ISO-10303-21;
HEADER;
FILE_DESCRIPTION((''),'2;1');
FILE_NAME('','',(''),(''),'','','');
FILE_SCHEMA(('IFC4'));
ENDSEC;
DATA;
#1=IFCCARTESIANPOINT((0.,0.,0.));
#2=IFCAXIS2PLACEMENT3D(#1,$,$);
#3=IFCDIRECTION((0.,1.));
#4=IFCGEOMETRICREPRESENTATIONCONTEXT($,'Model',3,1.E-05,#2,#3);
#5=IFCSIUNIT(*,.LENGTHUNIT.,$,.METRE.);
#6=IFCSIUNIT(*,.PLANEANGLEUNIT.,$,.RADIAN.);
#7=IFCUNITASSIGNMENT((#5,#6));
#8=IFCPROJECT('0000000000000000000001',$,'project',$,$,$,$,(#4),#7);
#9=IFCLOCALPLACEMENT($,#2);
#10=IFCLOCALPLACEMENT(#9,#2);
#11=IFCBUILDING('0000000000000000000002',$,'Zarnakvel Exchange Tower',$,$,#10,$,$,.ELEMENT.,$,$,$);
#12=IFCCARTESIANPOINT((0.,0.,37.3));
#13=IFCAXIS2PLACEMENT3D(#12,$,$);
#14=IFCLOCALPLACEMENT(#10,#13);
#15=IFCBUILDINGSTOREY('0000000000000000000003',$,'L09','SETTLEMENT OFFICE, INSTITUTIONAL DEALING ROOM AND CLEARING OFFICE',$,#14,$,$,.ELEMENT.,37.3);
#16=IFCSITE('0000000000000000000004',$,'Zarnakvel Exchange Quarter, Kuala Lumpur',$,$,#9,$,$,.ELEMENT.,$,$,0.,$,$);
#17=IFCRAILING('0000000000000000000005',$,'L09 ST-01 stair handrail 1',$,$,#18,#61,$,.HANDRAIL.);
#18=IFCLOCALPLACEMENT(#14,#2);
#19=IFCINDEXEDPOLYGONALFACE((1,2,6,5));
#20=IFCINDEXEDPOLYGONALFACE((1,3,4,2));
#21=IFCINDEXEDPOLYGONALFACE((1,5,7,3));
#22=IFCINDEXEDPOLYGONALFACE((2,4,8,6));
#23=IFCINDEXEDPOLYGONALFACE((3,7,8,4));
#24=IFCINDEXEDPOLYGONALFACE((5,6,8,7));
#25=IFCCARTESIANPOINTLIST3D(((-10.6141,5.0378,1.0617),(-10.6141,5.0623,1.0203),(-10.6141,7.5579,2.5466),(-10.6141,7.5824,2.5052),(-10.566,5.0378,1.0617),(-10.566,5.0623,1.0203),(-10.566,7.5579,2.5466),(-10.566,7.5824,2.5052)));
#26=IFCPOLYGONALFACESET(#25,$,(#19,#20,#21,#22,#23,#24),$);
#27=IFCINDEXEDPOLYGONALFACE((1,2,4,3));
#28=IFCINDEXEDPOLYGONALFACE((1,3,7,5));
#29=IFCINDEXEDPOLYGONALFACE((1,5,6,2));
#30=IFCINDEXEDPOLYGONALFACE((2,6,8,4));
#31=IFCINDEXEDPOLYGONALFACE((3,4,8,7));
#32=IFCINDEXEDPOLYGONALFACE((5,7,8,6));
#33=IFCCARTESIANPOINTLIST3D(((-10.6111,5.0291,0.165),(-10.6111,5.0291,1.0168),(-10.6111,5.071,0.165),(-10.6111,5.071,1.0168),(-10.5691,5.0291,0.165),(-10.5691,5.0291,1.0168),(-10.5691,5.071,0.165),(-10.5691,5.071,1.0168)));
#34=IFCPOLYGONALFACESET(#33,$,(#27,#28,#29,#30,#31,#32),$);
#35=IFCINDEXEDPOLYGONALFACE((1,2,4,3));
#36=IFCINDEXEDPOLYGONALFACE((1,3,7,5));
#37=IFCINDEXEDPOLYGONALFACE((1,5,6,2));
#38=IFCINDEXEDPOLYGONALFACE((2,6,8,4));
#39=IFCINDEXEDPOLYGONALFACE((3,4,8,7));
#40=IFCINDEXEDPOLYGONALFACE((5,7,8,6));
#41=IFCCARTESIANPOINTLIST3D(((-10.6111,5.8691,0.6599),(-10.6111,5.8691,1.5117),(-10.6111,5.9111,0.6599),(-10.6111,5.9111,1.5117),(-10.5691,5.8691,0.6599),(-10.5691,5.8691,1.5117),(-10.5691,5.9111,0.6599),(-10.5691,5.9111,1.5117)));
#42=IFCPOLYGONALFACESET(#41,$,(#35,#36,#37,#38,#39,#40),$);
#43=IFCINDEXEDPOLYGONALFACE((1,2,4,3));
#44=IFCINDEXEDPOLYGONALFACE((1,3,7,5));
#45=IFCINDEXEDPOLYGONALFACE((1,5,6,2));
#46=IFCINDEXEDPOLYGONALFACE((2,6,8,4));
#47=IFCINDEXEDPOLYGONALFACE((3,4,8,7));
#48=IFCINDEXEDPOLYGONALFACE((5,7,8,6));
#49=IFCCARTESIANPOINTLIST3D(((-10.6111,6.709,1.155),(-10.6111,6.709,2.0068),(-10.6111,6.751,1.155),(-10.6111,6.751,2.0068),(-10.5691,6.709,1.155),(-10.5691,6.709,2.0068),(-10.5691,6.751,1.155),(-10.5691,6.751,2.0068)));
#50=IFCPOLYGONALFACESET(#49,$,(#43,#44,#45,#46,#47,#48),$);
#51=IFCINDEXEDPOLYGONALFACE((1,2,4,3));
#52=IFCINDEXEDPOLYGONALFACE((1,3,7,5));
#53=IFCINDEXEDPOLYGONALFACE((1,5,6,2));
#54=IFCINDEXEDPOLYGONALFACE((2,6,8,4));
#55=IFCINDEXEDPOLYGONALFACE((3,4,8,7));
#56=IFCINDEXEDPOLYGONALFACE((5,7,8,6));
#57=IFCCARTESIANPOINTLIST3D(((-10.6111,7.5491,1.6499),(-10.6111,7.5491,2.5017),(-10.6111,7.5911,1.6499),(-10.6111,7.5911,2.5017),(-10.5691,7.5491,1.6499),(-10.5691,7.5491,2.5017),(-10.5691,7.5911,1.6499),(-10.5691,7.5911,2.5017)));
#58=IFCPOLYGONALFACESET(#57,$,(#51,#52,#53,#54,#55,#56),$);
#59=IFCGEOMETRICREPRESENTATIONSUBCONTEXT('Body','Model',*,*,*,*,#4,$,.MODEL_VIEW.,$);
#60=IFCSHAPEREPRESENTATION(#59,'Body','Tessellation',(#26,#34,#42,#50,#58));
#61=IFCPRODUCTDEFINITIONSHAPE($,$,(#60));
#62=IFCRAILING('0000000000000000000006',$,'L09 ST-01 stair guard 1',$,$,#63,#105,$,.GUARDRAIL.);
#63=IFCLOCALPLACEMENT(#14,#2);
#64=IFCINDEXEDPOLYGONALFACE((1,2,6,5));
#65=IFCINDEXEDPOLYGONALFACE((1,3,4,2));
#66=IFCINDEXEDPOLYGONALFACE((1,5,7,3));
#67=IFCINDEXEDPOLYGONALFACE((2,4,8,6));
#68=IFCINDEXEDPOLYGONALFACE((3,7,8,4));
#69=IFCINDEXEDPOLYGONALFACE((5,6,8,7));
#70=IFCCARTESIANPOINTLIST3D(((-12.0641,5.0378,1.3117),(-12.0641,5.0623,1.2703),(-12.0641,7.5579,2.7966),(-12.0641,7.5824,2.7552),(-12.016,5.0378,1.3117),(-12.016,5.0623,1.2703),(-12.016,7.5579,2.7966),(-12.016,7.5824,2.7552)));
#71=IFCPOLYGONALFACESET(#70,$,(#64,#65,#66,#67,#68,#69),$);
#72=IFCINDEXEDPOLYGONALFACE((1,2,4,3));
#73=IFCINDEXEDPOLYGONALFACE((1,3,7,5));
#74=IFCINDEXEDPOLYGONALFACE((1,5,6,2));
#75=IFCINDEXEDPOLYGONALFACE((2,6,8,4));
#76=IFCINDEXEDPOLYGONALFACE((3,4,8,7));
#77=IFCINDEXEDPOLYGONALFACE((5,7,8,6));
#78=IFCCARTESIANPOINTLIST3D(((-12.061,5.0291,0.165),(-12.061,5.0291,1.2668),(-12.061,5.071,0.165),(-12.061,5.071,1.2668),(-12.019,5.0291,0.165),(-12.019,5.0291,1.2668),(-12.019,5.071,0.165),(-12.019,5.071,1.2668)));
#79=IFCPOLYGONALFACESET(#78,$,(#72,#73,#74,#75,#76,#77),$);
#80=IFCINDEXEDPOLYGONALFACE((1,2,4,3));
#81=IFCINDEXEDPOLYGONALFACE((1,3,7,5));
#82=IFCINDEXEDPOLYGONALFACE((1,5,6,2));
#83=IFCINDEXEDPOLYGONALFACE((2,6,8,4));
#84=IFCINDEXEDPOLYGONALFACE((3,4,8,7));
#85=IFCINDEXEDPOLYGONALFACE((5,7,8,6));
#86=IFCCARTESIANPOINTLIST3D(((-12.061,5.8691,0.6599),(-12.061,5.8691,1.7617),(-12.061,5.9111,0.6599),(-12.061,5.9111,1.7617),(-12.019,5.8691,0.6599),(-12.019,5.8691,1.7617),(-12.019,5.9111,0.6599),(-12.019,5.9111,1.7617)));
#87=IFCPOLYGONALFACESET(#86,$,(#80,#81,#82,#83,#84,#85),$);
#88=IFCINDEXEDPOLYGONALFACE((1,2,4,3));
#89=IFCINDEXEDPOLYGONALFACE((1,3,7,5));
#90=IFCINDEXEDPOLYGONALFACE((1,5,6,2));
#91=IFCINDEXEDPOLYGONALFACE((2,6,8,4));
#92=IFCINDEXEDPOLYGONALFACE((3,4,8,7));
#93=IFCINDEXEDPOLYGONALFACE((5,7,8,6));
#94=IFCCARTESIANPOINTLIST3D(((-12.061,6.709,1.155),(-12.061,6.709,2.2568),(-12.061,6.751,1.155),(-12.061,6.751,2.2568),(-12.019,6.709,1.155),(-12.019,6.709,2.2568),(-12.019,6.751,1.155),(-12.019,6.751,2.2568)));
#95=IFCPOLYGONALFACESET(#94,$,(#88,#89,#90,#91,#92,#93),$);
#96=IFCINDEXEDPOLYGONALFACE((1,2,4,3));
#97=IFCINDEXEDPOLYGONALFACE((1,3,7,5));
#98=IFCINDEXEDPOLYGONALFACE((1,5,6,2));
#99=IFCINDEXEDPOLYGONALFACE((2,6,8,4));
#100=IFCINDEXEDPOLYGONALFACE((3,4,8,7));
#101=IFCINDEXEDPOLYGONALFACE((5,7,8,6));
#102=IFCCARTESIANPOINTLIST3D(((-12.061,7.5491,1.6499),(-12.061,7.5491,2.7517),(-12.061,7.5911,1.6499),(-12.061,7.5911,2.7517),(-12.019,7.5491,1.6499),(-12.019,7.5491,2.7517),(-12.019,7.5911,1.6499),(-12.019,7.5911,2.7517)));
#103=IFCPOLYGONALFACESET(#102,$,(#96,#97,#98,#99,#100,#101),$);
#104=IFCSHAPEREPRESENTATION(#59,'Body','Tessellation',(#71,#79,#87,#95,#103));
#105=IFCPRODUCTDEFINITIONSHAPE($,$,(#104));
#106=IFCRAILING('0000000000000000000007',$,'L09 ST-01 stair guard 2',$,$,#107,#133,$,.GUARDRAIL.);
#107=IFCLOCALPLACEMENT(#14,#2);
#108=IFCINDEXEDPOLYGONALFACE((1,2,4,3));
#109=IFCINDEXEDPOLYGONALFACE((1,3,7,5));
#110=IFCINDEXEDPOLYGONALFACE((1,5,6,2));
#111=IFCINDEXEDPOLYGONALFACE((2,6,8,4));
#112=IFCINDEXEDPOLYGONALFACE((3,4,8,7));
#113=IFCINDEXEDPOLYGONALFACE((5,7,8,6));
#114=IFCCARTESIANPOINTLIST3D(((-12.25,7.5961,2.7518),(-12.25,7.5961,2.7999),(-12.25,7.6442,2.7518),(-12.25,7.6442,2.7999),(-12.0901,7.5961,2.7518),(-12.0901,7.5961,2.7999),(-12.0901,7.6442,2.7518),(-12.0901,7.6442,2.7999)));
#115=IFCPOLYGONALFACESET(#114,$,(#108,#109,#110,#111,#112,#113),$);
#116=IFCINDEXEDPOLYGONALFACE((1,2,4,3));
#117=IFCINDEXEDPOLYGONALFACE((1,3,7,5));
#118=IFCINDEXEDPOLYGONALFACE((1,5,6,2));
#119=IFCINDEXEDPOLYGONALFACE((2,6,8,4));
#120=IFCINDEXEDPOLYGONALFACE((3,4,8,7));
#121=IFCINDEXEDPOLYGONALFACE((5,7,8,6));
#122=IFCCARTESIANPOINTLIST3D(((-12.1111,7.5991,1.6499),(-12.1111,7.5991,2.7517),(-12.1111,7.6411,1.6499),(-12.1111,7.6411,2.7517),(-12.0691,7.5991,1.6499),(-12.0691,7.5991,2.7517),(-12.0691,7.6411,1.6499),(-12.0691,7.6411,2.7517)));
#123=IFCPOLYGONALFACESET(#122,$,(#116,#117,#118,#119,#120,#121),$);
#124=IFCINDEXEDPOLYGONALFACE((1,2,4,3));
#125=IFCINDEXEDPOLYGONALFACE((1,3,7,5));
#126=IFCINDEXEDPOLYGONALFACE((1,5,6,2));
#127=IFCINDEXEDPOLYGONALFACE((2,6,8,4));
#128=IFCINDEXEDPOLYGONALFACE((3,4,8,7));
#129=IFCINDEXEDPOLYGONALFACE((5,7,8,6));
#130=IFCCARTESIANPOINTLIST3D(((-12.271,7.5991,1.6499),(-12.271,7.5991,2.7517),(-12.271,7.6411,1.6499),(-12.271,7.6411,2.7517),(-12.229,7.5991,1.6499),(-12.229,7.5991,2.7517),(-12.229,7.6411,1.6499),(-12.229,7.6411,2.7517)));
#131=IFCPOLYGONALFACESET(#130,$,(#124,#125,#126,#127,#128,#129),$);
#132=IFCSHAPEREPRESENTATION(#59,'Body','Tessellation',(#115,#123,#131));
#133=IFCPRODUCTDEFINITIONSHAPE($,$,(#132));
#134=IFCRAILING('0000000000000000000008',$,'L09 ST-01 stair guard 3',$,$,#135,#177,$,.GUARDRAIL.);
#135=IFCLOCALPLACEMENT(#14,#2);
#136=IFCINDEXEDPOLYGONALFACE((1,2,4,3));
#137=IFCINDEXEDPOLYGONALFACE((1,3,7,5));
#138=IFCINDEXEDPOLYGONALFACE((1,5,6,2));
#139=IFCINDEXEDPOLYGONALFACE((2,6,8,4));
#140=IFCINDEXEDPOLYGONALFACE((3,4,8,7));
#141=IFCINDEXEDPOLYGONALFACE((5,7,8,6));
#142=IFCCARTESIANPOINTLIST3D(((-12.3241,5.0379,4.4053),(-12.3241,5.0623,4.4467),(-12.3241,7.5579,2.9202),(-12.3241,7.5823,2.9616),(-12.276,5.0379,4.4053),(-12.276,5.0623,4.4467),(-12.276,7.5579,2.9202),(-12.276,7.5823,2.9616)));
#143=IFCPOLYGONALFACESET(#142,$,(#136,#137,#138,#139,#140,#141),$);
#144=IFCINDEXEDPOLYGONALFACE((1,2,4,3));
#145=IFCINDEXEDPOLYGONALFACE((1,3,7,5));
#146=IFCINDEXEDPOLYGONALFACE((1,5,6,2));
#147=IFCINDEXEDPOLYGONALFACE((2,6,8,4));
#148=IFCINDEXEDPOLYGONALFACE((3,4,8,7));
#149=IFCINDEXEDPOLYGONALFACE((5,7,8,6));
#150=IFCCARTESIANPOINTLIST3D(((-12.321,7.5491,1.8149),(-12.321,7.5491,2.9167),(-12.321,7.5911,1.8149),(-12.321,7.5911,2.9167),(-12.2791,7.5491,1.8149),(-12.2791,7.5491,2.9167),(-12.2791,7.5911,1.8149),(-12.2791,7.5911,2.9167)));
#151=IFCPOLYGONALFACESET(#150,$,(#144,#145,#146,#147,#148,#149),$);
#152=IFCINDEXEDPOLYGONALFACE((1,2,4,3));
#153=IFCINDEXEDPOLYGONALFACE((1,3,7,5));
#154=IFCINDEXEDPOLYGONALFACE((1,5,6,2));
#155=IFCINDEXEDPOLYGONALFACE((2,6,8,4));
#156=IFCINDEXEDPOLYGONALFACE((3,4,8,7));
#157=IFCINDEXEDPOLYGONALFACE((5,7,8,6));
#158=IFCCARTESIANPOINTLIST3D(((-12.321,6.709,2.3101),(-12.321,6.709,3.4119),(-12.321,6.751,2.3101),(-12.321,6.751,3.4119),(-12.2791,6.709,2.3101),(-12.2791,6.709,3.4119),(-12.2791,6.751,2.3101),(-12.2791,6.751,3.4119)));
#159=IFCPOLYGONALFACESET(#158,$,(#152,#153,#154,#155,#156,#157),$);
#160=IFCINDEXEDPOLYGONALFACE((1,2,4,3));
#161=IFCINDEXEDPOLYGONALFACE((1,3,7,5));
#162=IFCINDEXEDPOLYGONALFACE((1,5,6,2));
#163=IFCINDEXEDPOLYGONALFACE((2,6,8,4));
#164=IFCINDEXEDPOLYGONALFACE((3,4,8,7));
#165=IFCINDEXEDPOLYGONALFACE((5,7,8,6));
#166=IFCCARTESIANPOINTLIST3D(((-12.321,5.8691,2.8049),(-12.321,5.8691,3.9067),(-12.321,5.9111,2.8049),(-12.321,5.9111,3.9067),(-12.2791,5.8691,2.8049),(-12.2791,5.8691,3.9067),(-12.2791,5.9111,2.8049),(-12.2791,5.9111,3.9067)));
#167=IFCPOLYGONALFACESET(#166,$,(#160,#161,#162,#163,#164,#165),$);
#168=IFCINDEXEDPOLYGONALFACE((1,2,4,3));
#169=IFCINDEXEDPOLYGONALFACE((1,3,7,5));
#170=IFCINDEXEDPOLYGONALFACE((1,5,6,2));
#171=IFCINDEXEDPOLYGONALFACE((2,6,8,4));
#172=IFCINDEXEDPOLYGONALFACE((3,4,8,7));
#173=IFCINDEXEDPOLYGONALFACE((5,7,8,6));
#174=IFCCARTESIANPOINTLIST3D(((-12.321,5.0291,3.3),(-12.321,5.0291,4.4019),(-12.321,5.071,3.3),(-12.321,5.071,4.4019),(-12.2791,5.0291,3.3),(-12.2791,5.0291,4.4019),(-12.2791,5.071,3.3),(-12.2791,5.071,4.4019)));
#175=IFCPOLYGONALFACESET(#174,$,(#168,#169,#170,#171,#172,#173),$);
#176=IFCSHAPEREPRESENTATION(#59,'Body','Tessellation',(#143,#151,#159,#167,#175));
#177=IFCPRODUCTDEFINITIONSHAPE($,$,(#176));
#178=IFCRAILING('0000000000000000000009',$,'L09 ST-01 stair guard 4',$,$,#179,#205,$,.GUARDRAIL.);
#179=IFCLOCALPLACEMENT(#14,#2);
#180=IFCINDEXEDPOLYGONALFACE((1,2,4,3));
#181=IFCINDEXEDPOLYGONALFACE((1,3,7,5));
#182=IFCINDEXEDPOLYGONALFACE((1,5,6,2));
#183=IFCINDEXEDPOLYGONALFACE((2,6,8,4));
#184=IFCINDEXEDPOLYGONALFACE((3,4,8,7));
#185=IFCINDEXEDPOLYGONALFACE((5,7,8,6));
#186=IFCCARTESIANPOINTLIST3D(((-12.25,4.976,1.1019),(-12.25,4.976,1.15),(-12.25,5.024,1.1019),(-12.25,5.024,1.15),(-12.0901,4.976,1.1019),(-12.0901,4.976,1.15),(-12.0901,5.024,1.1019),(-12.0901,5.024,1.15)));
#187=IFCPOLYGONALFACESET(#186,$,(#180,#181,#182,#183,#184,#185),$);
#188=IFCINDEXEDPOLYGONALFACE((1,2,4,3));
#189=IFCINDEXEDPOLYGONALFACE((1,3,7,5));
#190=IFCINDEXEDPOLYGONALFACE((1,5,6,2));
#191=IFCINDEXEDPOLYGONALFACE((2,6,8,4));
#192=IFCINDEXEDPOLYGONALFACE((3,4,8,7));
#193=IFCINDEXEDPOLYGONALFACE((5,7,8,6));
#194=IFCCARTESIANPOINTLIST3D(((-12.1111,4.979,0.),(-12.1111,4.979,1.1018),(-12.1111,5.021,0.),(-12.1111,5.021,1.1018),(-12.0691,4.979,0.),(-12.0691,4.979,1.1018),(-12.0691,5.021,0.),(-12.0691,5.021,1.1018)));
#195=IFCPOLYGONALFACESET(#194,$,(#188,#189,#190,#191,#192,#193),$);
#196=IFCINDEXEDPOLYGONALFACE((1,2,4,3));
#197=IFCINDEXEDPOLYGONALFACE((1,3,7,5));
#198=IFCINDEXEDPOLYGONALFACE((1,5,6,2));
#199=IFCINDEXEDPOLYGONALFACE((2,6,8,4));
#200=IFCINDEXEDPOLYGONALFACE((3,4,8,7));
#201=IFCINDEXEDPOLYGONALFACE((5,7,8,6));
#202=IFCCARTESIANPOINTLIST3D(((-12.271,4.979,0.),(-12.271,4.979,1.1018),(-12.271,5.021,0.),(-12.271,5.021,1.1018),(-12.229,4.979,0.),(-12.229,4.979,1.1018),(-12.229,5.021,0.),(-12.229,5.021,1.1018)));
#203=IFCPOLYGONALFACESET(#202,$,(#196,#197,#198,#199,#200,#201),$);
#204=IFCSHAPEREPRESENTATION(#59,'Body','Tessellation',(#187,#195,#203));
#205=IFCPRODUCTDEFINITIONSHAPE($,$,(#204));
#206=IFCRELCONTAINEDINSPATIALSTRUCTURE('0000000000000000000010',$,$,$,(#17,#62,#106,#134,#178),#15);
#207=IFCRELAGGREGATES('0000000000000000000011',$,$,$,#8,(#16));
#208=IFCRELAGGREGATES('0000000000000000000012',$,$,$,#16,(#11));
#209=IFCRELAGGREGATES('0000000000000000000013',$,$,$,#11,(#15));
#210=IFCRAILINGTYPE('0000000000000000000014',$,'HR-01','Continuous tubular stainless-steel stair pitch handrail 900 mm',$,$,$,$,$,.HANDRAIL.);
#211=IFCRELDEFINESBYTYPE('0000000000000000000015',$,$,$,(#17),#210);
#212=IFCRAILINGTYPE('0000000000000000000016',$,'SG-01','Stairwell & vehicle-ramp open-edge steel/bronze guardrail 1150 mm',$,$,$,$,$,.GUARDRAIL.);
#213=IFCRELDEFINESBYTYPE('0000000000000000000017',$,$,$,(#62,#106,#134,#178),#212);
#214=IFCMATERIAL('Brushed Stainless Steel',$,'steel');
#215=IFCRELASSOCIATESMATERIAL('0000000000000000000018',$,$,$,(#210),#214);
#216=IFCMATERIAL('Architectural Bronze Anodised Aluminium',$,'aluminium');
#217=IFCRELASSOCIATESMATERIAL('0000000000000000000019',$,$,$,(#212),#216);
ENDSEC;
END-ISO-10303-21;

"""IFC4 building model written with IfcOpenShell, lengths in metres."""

from ifc_helpers import new_model, si_unit, direction, frame, origin, origin_2d, place, context, subcontext, project, spatial, rectangle, extrude, material, type_object, element, save


model = new_model("IFC4")

# Units and contexts
model_context = context("Model", 3, precision=1e-05, world=origin(), true_north=direction((0.0, 1.0)))
body_context = subcontext(model_context, "Body", "Model", "MODEL_VIEW")
ifc_project = project(units=[si_unit("LENGTHUNIT", "METRE"), si_unit("PLANEANGLEUNIT", "RADIAN")], contexts=[model_context])

# Site, building, storey
site_placement = place(None, origin())
site = spatial("IfcSite", under=ifc_project, at=site_placement, Name="Zarnakvel Exchange Quarter, Kuala Lumpur", CompositionType="ELEMENT", RefElevation=0.0)
building_placement = place(site_placement, origin())
building = spatial("IfcBuilding", under=site, at=building_placement, Name="Zarnakvel Exchange Tower", CompositionType="ELEMENT")
storey_placement = place(building_placement, frame((0.0, 0.0, 37.3)))
storey = spatial("IfcBuildingStorey", under=building, at=storey_placement, Name="L09", Description="SETTLEMENT OFFICE, INSTITUTIONAL DEALING ROOM AND CLEARING OFFICE", CompositionType="ELEMENT", Elevation=37.3)

# Shared definitions
ifc_material_1 = material(Name="Brushed Stainless Steel", Category="steel")

# Railings
railing_type_1 = type_object("IfcRailingType", Name="HR-01", Description="Continuous tubular stainless-steel stair pitch handrail 900 mm", PredefinedType="HANDRAIL", material=ifc_material_1)
railing_1_placement = place(storey_placement, frame((-10.5901, 5.05, 0.165)))
element("IfcRailing", 1, at=railing_1_placement, inside=storey, type_object=railing_type_1, Name="L09 ST-01 stair handrail 1", PredefinedType="HANDRAIL", context=body_context, shape_type="SweptSolid", body=[
    extrude(rectangle(XDim=0.0481, YDim=0.0481, at=origin_2d()), frame((0.0, 0.0, 0.876), z_axis=(0.0, 0.861561, 0.507655), x_axis=(-1.0, 0.0, 0.0)), (0.0, 0.0, 1.0), 2.925),
    extrude(rectangle(XDim=0.042, YDim=0.042, at=origin_2d()), origin(), (0.0, 0.0, 1.0), 0.8518),
    extrude(rectangle(XDim=0.042, YDim=0.042, at=origin_2d()), frame((0.0, 0.8401, 0.4949)), (0.0, 0.0, 1.0), 0.8518),
    extrude(rectangle(XDim=0.042, YDim=0.042, at=origin_2d()), frame((0.0, 1.6799, 0.99)), (0.0, 0.0, 1.0), 0.8518),
    extrude(rectangle(XDim=0.042, YDim=0.042, at=origin_2d()), frame((0.0, 2.52, 1.4849)), (0.0, 0.0, 1.0), 0.8518),
])
ifc_material_2 = material(Name="Architectural Bronze Anodised Aluminium", Category="aluminium")
railing_type_2 = type_object("IfcRailingType", Name="SG-01", Description="Stairwell & vehicle-ramp open-edge steel/bronze guardrail 1150 mm", PredefinedType="GUARDRAIL", material=ifc_material_2)
railing_2_placement = place(storey_placement, frame((-12.04, 5.05, 0.165)))
element("IfcRailing", 2, at=railing_2_placement, inside=storey, type_object=railing_type_2, Name="L09 ST-01 stair guard 1", PredefinedType="GUARDRAIL", context=body_context, shape_type="SweptSolid", body=[
    extrude(rectangle(XDim=0.0481, YDim=0.0481, at=origin_2d()), frame((0.0, 0.0, 1.126), z_axis=(0.0, 0.861561, 0.507655), x_axis=(-1.0, 0.0, 0.0)), (0.0, 0.0, 1.0), 2.925),
    extrude(rectangle(XDim=0.042, YDim=0.042, at=origin_2d()), origin(), (0.0, 0.0, 1.0), 1.1018),
    extrude(rectangle(XDim=0.042, YDim=0.042, at=origin_2d()), frame((0.0, 0.8401, 0.4949)), (0.0, 0.0, 1.0), 1.1018),
    extrude(rectangle(XDim=0.042, YDim=0.042, at=origin_2d()), frame((0.0, 1.6799, 0.99)), (0.0, 0.0, 1.0), 1.1018),
    extrude(rectangle(XDim=0.042, YDim=0.042, at=origin_2d()), frame((0.0, 2.52, 1.4849)), (0.0, 0.0, 1.0), 1.1018),
])
railing_3_placement = place(storey_placement, frame((-12.0901, 7.6201, 1.6499)))
element("IfcRailing", 3, at=railing_3_placement, inside=storey, type_object=railing_type_2, Name="L09 ST-01 stair guard 2", PredefinedType="GUARDRAIL", context=body_context, shape_type="SweptSolid", body=[
    extrude(rectangle(XDim=0.0481, YDim=0.0481, at=origin_2d()), frame((0.0, 0.0, 1.126), z_axis=(-1.0, 0.0, 0.0), x_axis=(0.0, -1.0, 0.0)), (0.0, 0.0, 1.0), 0.1599),
    extrude(rectangle(XDim=0.042, YDim=0.042, at=origin_2d()), origin(), (0.0, 0.0, 1.0), 1.1018),
    extrude(rectangle(XDim=0.042, YDim=0.042, at=origin_2d()), frame((-0.1599, 0.0, 0.0)), (0.0, 0.0, 1.0), 1.1018),
])
railing_4_placement = place(storey_placement, frame((-12.3, 7.5701, 1.8149)))
element("IfcRailing", 4, at=railing_4_placement, inside=storey, type_object=railing_type_2, Name="L09 ST-01 stair guard 3", PredefinedType="GUARDRAIL", context=body_context, shape_type="SweptSolid", body=[
    extrude(rectangle(XDim=0.0481, YDim=0.0481, at=origin_2d()), frame((0.0, 0.0, 1.126), z_axis=(0.0, -0.861524, 0.507717), x_axis=(1.0, 0.0, 0.0)), (0.0, 0.0, 1.0), 2.925),
    extrude(rectangle(XDim=0.042, YDim=0.042, at=origin_2d()), origin(), (0.0, 0.0, 1.0), 1.1018),
    extrude(rectangle(XDim=0.042, YDim=0.042, at=origin_2d()), frame((0.0, -0.8401, 0.4951)), (0.0, 0.0, 1.0), 1.1018),
    extrude(rectangle(XDim=0.042, YDim=0.042, at=origin_2d()), frame((0.0, -1.6799, 0.99)), (0.0, 0.0, 1.0), 1.1018),
    extrude(rectangle(XDim=0.042, YDim=0.042, at=origin_2d()), frame((0.0, -2.52, 1.4851)), (0.0, 0.0, 1.0), 1.1018),
])
railing_5_placement = place(storey_placement, frame((-12.0901, 5.0, 0.0)))
element("IfcRailing", 5, at=railing_5_placement, inside=storey, type_object=railing_type_2, Name="L09 ST-01 stair guard 4", PredefinedType="GUARDRAIL", context=body_context, shape_type="SweptSolid", body=[
    extrude(rectangle(XDim=0.0481, YDim=0.0481, at=origin_2d()), frame((0.0, 0.0, 1.126), z_axis=(-1.0, 0.0, 0.0), x_axis=(0.0, -1.0, 0.0)), (0.0, 0.0, 1.0), 0.1599),
    extrude(rectangle(XDim=0.042, YDim=0.042, at=origin_2d()), origin(), (0.0, 0.0, 1.0), 1.1018),
    extrude(rectangle(XDim=0.042, YDim=0.042, at=origin_2d()), frame((-0.1599, 0.0, 0.0)), (0.0, 0.0, 1.0), 1.1018),
])

save(model, "model.ifc")
